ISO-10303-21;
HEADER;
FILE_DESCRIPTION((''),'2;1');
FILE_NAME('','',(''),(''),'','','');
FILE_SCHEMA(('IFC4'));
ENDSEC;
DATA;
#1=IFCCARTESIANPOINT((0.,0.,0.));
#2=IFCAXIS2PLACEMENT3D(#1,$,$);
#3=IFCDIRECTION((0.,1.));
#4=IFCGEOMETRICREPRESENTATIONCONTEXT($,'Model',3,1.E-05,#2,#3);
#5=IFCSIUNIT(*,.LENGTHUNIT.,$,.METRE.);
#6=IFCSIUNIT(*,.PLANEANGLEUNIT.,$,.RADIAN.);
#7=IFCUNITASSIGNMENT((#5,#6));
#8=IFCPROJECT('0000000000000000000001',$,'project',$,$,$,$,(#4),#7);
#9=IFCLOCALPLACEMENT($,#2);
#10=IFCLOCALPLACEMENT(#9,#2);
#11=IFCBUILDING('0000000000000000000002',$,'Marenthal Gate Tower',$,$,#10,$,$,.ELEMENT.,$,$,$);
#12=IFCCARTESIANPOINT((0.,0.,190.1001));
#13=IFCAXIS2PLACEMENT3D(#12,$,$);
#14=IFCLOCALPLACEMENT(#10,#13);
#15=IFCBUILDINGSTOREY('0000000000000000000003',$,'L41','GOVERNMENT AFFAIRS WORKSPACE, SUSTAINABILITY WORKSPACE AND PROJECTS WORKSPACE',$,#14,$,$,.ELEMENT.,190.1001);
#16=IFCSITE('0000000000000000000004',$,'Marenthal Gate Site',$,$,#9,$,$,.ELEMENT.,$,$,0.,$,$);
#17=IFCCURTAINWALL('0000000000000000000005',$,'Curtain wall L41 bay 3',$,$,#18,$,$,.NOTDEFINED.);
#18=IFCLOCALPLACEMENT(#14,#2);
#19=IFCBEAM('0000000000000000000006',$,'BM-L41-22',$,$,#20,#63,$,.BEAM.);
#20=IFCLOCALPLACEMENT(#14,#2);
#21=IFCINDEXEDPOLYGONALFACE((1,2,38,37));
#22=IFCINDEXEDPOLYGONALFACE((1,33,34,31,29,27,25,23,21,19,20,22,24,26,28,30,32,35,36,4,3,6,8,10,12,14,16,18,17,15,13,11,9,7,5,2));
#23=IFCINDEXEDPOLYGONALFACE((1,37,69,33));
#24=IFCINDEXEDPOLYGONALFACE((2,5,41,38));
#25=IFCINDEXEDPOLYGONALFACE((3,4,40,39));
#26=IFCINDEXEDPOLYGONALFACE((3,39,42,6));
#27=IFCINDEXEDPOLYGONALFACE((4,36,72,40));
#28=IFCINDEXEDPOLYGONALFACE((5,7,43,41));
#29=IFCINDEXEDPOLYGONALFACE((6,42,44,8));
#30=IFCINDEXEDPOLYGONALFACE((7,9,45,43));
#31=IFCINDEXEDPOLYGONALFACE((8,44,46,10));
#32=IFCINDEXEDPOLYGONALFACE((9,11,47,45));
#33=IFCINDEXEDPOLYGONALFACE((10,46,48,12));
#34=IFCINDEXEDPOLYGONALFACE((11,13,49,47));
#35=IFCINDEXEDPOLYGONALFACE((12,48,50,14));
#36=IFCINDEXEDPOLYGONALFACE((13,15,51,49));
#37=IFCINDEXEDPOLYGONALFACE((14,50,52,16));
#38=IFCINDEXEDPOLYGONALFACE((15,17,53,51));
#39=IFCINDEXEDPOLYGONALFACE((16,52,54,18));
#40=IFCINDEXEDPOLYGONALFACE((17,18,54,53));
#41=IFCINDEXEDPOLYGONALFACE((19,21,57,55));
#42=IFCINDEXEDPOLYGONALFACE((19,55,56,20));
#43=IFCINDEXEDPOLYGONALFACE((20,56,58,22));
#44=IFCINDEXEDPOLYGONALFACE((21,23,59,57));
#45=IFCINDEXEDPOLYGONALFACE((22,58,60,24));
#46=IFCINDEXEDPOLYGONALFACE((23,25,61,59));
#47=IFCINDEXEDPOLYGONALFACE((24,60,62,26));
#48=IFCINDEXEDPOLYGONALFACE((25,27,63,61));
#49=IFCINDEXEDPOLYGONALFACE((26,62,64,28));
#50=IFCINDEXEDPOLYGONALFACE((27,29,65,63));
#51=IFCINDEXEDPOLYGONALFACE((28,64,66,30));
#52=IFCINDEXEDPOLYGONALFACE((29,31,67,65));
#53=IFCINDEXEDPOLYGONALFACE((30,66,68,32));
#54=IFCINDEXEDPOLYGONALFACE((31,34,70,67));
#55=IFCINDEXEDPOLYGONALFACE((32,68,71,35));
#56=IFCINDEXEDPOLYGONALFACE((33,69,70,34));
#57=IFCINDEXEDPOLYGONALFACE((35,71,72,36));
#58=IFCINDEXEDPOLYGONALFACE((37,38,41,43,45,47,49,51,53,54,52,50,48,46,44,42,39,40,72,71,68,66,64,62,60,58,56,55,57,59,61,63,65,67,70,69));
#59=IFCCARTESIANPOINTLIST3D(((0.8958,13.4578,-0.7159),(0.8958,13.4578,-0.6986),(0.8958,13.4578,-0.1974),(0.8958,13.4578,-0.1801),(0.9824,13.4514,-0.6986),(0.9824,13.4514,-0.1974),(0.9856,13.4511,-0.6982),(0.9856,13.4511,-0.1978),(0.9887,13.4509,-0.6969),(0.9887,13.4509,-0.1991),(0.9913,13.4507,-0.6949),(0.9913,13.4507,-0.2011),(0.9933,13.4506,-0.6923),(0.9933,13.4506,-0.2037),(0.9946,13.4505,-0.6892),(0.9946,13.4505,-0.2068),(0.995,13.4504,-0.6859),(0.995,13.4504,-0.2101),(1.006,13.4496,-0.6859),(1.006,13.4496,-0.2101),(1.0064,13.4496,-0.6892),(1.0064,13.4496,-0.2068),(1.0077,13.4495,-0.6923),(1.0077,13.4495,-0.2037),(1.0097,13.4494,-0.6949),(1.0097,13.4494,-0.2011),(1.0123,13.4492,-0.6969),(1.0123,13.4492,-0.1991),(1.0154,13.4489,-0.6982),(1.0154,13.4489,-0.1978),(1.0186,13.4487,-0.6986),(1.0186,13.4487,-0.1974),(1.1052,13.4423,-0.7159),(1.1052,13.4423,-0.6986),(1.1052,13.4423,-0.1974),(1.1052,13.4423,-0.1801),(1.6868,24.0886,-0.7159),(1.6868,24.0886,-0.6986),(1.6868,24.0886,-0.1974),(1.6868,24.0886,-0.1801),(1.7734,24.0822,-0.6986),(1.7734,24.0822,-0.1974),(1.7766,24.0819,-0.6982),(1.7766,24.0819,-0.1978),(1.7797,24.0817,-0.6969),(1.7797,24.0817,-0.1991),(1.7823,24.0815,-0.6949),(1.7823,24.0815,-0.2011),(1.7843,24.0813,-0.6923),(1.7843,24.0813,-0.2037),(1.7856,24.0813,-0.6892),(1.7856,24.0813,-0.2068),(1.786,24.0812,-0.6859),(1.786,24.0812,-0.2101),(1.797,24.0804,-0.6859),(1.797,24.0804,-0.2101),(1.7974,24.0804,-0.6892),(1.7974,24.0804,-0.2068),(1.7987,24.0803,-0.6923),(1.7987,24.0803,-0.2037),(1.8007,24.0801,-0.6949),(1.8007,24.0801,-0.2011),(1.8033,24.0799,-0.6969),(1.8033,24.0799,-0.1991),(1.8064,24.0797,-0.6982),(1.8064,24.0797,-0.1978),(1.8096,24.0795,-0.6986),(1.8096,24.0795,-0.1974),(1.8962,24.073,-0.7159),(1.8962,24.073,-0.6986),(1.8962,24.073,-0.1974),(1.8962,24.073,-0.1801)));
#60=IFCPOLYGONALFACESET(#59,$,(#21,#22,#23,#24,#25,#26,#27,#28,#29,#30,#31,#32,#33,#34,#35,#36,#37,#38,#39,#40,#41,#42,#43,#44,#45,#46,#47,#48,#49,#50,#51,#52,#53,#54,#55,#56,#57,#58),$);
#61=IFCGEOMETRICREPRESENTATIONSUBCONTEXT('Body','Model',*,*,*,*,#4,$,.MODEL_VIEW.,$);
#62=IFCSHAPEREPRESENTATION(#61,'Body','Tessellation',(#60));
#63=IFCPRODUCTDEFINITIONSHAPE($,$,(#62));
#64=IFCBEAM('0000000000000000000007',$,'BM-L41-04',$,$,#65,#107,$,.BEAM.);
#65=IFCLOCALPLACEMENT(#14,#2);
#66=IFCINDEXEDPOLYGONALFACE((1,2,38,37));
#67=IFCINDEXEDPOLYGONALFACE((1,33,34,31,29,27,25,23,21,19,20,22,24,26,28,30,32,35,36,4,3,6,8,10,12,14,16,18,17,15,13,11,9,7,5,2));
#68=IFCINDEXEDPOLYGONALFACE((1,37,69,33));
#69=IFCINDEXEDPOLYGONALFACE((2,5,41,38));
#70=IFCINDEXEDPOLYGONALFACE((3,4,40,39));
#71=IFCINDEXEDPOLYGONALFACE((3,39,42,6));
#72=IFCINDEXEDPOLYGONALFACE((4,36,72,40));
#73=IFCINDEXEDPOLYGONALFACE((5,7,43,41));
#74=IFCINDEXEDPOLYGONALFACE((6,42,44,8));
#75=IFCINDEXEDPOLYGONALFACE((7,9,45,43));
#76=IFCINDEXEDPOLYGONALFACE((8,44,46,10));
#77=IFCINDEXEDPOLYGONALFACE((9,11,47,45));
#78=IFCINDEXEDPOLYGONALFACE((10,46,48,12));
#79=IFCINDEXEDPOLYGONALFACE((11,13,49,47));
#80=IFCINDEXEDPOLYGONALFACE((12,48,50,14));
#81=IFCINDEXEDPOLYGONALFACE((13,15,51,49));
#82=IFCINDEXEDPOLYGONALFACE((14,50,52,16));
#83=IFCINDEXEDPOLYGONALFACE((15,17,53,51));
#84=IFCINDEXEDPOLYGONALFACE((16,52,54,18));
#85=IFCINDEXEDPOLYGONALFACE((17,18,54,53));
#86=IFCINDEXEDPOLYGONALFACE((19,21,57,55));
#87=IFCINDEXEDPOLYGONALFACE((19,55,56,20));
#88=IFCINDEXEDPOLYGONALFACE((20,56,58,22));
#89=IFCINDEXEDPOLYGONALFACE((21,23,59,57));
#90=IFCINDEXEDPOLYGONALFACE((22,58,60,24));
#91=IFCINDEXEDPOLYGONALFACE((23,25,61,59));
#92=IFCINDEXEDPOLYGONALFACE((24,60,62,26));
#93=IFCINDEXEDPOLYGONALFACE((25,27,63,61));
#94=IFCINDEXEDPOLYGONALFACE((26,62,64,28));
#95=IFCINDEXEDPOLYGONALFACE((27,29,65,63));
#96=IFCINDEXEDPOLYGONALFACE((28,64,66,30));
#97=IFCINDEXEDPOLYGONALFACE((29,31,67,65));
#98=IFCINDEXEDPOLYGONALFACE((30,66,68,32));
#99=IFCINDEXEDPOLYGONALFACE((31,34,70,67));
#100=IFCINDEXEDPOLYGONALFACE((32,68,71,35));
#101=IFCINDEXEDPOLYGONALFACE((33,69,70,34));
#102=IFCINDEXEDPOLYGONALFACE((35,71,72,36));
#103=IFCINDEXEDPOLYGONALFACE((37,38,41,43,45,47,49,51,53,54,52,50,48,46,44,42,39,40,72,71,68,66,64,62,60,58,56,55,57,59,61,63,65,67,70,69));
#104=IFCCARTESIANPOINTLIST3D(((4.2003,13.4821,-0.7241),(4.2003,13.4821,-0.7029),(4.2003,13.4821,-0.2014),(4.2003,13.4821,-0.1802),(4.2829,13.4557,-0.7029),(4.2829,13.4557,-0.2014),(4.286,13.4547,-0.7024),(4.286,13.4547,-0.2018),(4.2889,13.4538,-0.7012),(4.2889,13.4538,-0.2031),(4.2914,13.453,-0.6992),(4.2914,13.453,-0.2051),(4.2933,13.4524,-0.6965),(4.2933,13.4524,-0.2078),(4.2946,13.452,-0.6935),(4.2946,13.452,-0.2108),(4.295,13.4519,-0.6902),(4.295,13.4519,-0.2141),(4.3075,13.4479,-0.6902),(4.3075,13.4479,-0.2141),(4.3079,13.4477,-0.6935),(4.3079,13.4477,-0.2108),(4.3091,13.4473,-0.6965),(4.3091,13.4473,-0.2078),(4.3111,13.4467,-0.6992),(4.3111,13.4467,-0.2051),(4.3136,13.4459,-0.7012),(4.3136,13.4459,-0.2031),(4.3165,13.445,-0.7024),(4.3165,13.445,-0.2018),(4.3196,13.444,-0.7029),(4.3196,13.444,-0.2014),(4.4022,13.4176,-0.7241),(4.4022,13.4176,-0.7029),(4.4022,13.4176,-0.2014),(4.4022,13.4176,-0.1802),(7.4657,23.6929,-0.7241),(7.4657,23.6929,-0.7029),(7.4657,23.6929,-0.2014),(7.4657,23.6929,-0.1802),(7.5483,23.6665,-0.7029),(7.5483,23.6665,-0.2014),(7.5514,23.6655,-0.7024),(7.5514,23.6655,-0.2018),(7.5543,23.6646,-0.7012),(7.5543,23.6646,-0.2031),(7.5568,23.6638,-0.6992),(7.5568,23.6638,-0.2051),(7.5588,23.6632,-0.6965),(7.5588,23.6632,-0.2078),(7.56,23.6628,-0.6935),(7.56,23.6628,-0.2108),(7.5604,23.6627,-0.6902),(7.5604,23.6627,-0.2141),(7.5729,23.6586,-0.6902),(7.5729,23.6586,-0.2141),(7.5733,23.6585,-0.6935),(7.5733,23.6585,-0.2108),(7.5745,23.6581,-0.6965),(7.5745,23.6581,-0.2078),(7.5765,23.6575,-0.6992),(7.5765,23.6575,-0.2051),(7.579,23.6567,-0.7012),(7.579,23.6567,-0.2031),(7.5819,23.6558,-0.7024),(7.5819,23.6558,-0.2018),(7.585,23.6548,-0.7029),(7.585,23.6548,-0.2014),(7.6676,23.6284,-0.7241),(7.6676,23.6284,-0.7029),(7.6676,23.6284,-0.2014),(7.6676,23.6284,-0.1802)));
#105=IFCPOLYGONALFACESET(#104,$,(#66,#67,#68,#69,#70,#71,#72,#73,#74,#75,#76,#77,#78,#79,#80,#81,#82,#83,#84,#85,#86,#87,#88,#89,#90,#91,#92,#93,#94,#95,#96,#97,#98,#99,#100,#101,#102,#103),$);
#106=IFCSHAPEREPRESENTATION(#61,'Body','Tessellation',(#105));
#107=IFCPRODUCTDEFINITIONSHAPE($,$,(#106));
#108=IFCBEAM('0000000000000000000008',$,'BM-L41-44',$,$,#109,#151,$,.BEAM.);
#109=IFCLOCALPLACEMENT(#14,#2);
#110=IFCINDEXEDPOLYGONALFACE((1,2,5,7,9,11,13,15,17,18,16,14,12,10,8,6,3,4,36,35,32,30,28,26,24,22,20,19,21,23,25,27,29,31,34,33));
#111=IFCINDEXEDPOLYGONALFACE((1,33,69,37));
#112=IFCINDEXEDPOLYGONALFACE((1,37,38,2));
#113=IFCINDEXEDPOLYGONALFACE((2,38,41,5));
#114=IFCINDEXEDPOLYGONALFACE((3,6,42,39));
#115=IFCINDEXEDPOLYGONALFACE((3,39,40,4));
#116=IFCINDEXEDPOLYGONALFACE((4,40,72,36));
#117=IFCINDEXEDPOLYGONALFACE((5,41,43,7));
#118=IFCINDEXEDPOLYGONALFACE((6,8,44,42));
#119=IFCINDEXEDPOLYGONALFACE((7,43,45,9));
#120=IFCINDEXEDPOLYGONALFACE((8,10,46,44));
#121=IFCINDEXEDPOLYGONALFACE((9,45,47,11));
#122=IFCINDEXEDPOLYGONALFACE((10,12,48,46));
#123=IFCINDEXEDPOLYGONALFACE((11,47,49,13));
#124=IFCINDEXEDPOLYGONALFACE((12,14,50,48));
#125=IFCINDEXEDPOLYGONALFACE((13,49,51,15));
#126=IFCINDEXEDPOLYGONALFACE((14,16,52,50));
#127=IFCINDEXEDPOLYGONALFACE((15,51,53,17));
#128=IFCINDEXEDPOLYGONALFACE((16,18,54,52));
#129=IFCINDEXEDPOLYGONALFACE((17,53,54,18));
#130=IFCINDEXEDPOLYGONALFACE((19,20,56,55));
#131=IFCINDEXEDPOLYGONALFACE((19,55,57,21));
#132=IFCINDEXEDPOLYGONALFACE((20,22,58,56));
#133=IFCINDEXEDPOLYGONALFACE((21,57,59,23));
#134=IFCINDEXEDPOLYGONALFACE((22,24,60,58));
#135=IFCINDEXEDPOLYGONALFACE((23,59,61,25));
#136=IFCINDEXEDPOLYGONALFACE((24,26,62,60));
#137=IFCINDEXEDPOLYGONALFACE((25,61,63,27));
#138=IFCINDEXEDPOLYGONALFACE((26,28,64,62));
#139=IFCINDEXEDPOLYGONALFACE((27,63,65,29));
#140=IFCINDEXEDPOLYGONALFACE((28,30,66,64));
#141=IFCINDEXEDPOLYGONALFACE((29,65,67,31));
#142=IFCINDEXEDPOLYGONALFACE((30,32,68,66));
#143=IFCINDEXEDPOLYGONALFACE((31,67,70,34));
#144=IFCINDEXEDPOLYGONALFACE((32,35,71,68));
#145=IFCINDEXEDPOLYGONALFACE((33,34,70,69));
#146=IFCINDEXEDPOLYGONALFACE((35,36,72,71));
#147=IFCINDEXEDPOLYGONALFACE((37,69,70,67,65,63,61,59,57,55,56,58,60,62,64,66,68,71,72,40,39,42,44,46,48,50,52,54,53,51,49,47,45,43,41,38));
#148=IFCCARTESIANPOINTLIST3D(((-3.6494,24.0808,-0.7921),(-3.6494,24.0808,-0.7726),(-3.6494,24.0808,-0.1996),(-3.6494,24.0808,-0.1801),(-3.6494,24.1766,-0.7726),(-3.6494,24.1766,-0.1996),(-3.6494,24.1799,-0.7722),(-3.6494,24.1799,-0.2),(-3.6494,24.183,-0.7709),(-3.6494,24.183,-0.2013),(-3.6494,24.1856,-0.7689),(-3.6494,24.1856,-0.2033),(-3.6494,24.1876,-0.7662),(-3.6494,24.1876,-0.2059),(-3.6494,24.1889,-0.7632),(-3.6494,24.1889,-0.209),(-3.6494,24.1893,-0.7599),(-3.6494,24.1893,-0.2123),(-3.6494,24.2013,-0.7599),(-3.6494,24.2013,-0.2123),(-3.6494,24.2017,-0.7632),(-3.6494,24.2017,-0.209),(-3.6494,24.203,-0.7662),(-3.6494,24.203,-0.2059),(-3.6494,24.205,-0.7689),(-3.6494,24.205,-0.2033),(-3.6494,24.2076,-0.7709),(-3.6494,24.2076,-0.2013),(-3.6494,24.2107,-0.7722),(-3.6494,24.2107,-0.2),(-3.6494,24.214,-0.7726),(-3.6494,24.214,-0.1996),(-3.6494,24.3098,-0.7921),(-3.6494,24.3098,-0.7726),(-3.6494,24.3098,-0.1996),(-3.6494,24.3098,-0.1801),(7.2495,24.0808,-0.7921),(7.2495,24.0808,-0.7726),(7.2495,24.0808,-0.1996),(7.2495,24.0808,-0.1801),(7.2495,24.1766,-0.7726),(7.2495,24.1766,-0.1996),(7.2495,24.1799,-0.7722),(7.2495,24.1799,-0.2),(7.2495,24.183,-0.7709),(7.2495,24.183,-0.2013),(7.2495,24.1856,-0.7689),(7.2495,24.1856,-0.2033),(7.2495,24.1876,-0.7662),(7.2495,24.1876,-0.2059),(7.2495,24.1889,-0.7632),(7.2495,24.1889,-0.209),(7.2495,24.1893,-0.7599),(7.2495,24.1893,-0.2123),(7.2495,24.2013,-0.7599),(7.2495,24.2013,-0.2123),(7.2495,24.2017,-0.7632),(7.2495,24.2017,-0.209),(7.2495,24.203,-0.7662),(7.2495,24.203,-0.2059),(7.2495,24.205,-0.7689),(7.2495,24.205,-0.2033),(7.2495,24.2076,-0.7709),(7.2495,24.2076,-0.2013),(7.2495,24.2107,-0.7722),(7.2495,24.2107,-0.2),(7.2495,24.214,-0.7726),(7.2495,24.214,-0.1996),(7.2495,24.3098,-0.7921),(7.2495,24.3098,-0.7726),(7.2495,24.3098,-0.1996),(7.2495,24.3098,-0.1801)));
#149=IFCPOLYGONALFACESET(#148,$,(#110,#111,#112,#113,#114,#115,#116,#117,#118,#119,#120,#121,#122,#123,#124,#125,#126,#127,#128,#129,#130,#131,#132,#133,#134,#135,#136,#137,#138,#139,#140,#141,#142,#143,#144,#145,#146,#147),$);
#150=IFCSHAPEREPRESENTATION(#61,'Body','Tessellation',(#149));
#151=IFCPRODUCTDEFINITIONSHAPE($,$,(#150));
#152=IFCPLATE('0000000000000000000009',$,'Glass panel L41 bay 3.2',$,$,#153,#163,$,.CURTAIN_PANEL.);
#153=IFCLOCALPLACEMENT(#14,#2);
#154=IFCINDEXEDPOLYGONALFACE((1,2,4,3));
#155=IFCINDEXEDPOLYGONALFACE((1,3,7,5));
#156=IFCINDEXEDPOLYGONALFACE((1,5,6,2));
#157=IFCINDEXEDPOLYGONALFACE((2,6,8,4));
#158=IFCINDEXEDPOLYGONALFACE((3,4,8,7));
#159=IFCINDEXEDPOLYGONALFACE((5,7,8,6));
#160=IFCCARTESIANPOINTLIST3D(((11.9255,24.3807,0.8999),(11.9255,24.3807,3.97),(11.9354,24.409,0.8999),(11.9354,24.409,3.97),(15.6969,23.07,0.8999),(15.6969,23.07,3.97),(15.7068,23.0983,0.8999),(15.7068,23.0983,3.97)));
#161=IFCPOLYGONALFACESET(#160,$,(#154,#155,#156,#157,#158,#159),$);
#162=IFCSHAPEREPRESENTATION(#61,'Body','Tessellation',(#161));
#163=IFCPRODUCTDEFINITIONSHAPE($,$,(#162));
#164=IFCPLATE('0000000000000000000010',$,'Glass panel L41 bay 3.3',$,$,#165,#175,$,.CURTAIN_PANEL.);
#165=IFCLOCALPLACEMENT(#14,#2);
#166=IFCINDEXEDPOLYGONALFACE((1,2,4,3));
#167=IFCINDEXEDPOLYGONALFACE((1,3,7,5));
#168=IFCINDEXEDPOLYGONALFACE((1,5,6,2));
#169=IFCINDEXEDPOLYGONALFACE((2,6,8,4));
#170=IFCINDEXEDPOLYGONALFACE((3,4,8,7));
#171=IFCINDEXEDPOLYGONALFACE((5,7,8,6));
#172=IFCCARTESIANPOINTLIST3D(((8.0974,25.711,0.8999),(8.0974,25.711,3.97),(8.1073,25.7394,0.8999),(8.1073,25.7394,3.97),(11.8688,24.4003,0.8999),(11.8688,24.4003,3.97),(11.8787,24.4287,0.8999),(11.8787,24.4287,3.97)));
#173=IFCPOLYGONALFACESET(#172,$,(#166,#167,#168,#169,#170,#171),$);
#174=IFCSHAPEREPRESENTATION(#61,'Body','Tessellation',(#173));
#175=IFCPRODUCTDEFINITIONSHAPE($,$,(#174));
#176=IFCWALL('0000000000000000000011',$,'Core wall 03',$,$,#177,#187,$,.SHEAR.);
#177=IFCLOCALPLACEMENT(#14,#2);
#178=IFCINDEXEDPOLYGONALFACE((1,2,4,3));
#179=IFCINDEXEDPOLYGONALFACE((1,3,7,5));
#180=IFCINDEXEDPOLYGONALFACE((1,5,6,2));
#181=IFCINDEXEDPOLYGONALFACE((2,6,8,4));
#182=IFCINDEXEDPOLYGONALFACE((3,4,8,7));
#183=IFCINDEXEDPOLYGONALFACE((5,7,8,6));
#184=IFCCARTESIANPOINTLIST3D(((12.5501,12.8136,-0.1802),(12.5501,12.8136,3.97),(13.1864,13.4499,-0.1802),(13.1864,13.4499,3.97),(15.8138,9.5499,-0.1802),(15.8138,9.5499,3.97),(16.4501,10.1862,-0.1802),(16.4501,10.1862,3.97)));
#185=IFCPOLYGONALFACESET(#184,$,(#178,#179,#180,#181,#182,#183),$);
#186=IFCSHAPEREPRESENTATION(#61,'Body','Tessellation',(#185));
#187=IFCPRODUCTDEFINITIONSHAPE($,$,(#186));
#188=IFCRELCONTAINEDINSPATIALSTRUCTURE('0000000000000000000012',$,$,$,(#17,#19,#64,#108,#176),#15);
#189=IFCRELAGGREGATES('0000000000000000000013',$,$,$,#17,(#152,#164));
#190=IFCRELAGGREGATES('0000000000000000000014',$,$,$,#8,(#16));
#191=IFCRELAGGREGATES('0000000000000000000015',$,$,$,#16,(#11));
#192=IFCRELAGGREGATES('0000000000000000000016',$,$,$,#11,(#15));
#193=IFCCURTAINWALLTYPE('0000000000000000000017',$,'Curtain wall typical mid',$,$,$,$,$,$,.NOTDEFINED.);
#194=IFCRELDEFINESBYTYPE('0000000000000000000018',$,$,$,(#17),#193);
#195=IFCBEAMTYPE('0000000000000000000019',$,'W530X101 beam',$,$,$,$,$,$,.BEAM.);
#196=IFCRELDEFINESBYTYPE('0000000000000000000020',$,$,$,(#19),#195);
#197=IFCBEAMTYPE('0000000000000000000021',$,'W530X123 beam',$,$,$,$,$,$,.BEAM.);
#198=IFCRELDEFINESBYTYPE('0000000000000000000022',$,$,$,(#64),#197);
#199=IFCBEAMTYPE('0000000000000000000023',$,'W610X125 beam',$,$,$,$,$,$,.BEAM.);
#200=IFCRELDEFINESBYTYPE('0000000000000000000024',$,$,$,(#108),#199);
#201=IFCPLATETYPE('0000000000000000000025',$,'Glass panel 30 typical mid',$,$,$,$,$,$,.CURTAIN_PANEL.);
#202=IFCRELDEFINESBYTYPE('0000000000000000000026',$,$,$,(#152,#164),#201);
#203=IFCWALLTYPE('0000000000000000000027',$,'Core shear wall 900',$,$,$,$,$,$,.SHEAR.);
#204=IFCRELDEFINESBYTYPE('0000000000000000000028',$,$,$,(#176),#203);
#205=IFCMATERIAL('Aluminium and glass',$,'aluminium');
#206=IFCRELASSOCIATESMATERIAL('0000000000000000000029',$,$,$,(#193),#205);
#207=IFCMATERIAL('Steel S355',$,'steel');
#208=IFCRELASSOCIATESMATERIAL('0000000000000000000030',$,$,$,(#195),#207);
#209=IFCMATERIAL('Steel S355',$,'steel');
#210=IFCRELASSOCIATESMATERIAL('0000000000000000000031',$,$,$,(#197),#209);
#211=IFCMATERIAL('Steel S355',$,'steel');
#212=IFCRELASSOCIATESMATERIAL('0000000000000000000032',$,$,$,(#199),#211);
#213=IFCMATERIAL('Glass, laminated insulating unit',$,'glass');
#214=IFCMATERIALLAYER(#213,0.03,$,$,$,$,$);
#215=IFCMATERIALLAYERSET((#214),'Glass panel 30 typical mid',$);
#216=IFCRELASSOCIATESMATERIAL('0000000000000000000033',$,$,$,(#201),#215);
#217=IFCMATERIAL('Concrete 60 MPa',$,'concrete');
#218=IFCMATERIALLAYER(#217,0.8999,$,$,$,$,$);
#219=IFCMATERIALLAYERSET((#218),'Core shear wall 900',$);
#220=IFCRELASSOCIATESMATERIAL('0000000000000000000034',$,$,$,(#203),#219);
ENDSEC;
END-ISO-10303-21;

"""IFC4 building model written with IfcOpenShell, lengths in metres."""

from ifc_helpers import new_model, si_unit, direction, frame, frame_2d, origin, origin_2d, place, context, subcontext, project, spatial, rectangle, i_section, extrude, material, layer, layer_set, material_profile, profile_set, type_object, element, aggregate, save


model = new_model("IFC4")

# Units and contexts
model_context = context("Model", 3, precision=1e-05, world=origin(), true_north=direction((0.0, 1.0)))
body_context = subcontext(model_context, "Body", "Model", "MODEL_VIEW")
ifc_project = project(units=[si_unit("LENGTHUNIT", "METRE"), si_unit("PLANEANGLEUNIT", "RADIAN")], contexts=[model_context])

# Site, building, storey
site_placement = place(None, origin())
site = spatial("IfcSite", under=ifc_project, at=site_placement, Name="Marenthal Gate Site", CompositionType="ELEMENT", RefElevation=0.0)
building_placement = place(site_placement, origin())
building = spatial("IfcBuilding", under=site, at=building_placement, Name="Marenthal Gate Tower", CompositionType="ELEMENT")
storey_placement = place(building_placement, frame((0.0, 0.0, 190.1001)))
storey = spatial("IfcBuildingStorey", under=building, at=storey_placement, Name="L41", Description="GOVERNMENT AFFAIRS WORKSPACE, SUSTAINABILITY WORKSPACE AND PROJECTS WORKSPACE", CompositionType="ELEMENT", Elevation=190.1001)

# Curtain wall
ifc_material_1 = material(Name="Aluminium and glass", Category="aluminium")
curtain_wall_type = type_object("IfcCurtainWallType", Name="Curtain wall typical mid", PredefinedType="NOTDEFINED", material=ifc_material_1)
curtain_wall_placement = place(storey_placement, origin())
curtain_wall = element("IfcCurtainWall", 1, at=curtain_wall_placement, inside=storey, type_object=curtain_wall_type, Name="Curtain wall L41 bay 3", PredefinedType="NOTDEFINED")

# Beams
ifc_material_2 = material(Name="Steel S355", Category="steel")
ifc_material_profile_1 = material_profile(ifc_material_2, i_section(OverallWidth=0.21, OverallDepth=0.5359, WebThickness=0.011, FlangeThickness=0.0173, FilletRadius=0.0127, at=origin_2d()), Name="W530X101")
ifc_profile_set_1 = profile_set([ifc_material_profile_1], Name="Steel S355")
beam_type_1 = type_object("IfcBeamType", Name="W530X101 beam", PredefinedType="BEAM", material=ifc_profile_set_1)
beam_1_placement = place(storey_placement, frame((1.7915, 24.0808, -0.448), z_axis=(-0.074202, -0.997243, 0.0), x_axis=(0.997243, -0.074202, 0.0)))
element("IfcBeam", 2, at=beam_1_placement, inside=storey, type_object=beam_type_1, Name="BM-L41-22", PredefinedType="BEAM", context=body_context, shape_type="SweptSolid", body=[
    extrude(i_section(OverallWidth=0.21, OverallDepth=0.5359, WebThickness=0.011, FlangeThickness=0.0173, FilletRadius=0.0127, at=origin_2d()), origin(), (0.0, 0.0, 1.0), 10.6602),
])
ifc_material_3 = material(Name="Steel S355", Category="steel")
ifc_material_profile_2 = material_profile(ifc_material_3, i_section(OverallWidth=0.2119, OverallDepth=0.5439, WebThickness=0.0132, FlangeThickness=0.0212, FilletRadius=0.0127, at=origin_2d()), Name="W530X123")
ifc_profile_set_2 = profile_set([ifc_material_profile_2], Name="Steel S355")
beam_type_2 = type_object("IfcBeamType", Name="W530X123 beam", PredefinedType="BEAM", material=ifc_profile_set_2)
beam_2_placement = place(storey_placement, frame((7.5667, 23.6606, -0.4521), z_axis=(-0.304603, -0.952479, 0.0), x_axis=(0.952479, -0.304603, 0.0)))
element("IfcBeam", 3, at=beam_2_placement, inside=storey, type_object=beam_type_2, Name="BM-L41-04", PredefinedType="BEAM", context=body_context, shape_type="SweptSolid", body=[
    extrude(i_section(OverallWidth=0.2119, OverallDepth=0.5439, WebThickness=0.0132, FlangeThickness=0.0212, FilletRadius=0.0127, at=origin_2d()), origin(), (0.0, 0.0, 1.0), 10.7202),
])
ifc_material_4 = material(Name="Steel S355", Category="steel")
ifc_material_profile_3 = material_profile(ifc_material_4, i_section(OverallWidth=0.229, OverallDepth=0.6121, WebThickness=0.012, FlangeThickness=0.0195, FilletRadius=0.0127, at=origin_2d()), Name="W610X125")
ifc_profile_set_3 = profile_set([ifc_material_profile_3], Name="Steel S355")
beam_type_3 = type_object("IfcBeamType", Name="W610X125 beam", PredefinedType="BEAM", material=ifc_profile_set_3)
beam_3_placement = place(storey_placement, frame((7.2495, 24.1953, -0.4861), z_axis=(-1.0, 0.0, 0.0), x_axis=(0.0, -1.0, 0.0)))
element("IfcBeam", 4, at=beam_3_placement, inside=storey, type_object=beam_type_3, Name="BM-L41-44", PredefinedType="BEAM", context=body_context, shape_type="SweptSolid", body=[
    extrude(i_section(OverallWidth=0.229, OverallDepth=0.6121, WebThickness=0.012, FlangeThickness=0.0195, FilletRadius=0.0127, at=origin_2d()), origin(), (0.0, 0.0, 1.0), 10.8989),
])

# Plates
ifc_material_5 = material(Name="Glass, laminated insulating unit", Category="glass")
ifc_layer_1 = layer(ifc_material_5, 0.03)
ifc_layer_set_1 = layer_set([ifc_layer_1], Name="Glass panel 30 typical mid")
plate_type = type_object("IfcPlateType", Name="Glass panel 30 typical mid", PredefinedType="CURTAIN_PANEL", material=ifc_layer_set_1)
plate_1_placement = place(storey_placement, frame((13.8162, 23.7395, 0.8999), z_axis=(0.0, 0.0, 1.0), x_axis=(-0.944583, 0.328273, 0.0)))
plate_1 = element("IfcPlate", 5, at=plate_1_placement, type_object=plate_type, Name="Glass panel L41 bay 3.2", PredefinedType="CURTAIN_PANEL", context=body_context, shape_type="SweptSolid", body=[
    extrude(rectangle(XDim=3.9927, YDim=0.03, at=origin_2d()), origin(), (0.0, 0.0, 1.0), 3.0701),
])
plate_2_placement = place(storey_placement, frame((9.988, 25.0698, 0.8999), z_axis=(0.0, 0.0, 1.0), x_axis=(-0.944583, 0.328273, 0.0)))
plate_2 = element("IfcPlate", 6, at=plate_2_placement, type_object=plate_type, Name="Glass panel L41 bay 3.3", PredefinedType="CURTAIN_PANEL", context=body_context, shape_type="SweptSolid", body=[
    extrude(rectangle(XDim=3.9927, YDim=0.03, at=origin_2d()), origin(), (0.0, 0.0, 1.0), 3.0701),
])
aggregate(curtain_wall, [plate_1, plate_2])

# Wall
ifc_material_6 = material(Name="Concrete 60 MPa", Category="concrete")
ifc_layer_2 = layer(ifc_material_6, 0.8999)
ifc_layer_set_2 = layer_set([ifc_layer_2], Name="Core shear wall 900")
wall_type_1 = type_object("IfcWallType", Name="Core shear wall 900", PredefinedType="SHEAR", material=ifc_layer_set_2)
wall_1_placement = place(storey_placement, frame((16.1318, 9.8682, -0.1802), z_axis=(0.0, 0.0, 1.0), x_axis=(-0.707107, 0.707107, 0.0)))
element("IfcWall", 7, at=wall_1_placement, inside=storey, type_object=wall_type_1, Name="Core wall 03", PredefinedType="SHEAR", context=body_context, shape_type="SweptSolid", body=[
    extrude(rectangle(XDim=4.6155, YDim=0.8999, at=frame_2d((2.3076, 0.0))), origin(), (0.0, 0.0, 1.0), 4.1501),
])

save(model, "model.ifc")
